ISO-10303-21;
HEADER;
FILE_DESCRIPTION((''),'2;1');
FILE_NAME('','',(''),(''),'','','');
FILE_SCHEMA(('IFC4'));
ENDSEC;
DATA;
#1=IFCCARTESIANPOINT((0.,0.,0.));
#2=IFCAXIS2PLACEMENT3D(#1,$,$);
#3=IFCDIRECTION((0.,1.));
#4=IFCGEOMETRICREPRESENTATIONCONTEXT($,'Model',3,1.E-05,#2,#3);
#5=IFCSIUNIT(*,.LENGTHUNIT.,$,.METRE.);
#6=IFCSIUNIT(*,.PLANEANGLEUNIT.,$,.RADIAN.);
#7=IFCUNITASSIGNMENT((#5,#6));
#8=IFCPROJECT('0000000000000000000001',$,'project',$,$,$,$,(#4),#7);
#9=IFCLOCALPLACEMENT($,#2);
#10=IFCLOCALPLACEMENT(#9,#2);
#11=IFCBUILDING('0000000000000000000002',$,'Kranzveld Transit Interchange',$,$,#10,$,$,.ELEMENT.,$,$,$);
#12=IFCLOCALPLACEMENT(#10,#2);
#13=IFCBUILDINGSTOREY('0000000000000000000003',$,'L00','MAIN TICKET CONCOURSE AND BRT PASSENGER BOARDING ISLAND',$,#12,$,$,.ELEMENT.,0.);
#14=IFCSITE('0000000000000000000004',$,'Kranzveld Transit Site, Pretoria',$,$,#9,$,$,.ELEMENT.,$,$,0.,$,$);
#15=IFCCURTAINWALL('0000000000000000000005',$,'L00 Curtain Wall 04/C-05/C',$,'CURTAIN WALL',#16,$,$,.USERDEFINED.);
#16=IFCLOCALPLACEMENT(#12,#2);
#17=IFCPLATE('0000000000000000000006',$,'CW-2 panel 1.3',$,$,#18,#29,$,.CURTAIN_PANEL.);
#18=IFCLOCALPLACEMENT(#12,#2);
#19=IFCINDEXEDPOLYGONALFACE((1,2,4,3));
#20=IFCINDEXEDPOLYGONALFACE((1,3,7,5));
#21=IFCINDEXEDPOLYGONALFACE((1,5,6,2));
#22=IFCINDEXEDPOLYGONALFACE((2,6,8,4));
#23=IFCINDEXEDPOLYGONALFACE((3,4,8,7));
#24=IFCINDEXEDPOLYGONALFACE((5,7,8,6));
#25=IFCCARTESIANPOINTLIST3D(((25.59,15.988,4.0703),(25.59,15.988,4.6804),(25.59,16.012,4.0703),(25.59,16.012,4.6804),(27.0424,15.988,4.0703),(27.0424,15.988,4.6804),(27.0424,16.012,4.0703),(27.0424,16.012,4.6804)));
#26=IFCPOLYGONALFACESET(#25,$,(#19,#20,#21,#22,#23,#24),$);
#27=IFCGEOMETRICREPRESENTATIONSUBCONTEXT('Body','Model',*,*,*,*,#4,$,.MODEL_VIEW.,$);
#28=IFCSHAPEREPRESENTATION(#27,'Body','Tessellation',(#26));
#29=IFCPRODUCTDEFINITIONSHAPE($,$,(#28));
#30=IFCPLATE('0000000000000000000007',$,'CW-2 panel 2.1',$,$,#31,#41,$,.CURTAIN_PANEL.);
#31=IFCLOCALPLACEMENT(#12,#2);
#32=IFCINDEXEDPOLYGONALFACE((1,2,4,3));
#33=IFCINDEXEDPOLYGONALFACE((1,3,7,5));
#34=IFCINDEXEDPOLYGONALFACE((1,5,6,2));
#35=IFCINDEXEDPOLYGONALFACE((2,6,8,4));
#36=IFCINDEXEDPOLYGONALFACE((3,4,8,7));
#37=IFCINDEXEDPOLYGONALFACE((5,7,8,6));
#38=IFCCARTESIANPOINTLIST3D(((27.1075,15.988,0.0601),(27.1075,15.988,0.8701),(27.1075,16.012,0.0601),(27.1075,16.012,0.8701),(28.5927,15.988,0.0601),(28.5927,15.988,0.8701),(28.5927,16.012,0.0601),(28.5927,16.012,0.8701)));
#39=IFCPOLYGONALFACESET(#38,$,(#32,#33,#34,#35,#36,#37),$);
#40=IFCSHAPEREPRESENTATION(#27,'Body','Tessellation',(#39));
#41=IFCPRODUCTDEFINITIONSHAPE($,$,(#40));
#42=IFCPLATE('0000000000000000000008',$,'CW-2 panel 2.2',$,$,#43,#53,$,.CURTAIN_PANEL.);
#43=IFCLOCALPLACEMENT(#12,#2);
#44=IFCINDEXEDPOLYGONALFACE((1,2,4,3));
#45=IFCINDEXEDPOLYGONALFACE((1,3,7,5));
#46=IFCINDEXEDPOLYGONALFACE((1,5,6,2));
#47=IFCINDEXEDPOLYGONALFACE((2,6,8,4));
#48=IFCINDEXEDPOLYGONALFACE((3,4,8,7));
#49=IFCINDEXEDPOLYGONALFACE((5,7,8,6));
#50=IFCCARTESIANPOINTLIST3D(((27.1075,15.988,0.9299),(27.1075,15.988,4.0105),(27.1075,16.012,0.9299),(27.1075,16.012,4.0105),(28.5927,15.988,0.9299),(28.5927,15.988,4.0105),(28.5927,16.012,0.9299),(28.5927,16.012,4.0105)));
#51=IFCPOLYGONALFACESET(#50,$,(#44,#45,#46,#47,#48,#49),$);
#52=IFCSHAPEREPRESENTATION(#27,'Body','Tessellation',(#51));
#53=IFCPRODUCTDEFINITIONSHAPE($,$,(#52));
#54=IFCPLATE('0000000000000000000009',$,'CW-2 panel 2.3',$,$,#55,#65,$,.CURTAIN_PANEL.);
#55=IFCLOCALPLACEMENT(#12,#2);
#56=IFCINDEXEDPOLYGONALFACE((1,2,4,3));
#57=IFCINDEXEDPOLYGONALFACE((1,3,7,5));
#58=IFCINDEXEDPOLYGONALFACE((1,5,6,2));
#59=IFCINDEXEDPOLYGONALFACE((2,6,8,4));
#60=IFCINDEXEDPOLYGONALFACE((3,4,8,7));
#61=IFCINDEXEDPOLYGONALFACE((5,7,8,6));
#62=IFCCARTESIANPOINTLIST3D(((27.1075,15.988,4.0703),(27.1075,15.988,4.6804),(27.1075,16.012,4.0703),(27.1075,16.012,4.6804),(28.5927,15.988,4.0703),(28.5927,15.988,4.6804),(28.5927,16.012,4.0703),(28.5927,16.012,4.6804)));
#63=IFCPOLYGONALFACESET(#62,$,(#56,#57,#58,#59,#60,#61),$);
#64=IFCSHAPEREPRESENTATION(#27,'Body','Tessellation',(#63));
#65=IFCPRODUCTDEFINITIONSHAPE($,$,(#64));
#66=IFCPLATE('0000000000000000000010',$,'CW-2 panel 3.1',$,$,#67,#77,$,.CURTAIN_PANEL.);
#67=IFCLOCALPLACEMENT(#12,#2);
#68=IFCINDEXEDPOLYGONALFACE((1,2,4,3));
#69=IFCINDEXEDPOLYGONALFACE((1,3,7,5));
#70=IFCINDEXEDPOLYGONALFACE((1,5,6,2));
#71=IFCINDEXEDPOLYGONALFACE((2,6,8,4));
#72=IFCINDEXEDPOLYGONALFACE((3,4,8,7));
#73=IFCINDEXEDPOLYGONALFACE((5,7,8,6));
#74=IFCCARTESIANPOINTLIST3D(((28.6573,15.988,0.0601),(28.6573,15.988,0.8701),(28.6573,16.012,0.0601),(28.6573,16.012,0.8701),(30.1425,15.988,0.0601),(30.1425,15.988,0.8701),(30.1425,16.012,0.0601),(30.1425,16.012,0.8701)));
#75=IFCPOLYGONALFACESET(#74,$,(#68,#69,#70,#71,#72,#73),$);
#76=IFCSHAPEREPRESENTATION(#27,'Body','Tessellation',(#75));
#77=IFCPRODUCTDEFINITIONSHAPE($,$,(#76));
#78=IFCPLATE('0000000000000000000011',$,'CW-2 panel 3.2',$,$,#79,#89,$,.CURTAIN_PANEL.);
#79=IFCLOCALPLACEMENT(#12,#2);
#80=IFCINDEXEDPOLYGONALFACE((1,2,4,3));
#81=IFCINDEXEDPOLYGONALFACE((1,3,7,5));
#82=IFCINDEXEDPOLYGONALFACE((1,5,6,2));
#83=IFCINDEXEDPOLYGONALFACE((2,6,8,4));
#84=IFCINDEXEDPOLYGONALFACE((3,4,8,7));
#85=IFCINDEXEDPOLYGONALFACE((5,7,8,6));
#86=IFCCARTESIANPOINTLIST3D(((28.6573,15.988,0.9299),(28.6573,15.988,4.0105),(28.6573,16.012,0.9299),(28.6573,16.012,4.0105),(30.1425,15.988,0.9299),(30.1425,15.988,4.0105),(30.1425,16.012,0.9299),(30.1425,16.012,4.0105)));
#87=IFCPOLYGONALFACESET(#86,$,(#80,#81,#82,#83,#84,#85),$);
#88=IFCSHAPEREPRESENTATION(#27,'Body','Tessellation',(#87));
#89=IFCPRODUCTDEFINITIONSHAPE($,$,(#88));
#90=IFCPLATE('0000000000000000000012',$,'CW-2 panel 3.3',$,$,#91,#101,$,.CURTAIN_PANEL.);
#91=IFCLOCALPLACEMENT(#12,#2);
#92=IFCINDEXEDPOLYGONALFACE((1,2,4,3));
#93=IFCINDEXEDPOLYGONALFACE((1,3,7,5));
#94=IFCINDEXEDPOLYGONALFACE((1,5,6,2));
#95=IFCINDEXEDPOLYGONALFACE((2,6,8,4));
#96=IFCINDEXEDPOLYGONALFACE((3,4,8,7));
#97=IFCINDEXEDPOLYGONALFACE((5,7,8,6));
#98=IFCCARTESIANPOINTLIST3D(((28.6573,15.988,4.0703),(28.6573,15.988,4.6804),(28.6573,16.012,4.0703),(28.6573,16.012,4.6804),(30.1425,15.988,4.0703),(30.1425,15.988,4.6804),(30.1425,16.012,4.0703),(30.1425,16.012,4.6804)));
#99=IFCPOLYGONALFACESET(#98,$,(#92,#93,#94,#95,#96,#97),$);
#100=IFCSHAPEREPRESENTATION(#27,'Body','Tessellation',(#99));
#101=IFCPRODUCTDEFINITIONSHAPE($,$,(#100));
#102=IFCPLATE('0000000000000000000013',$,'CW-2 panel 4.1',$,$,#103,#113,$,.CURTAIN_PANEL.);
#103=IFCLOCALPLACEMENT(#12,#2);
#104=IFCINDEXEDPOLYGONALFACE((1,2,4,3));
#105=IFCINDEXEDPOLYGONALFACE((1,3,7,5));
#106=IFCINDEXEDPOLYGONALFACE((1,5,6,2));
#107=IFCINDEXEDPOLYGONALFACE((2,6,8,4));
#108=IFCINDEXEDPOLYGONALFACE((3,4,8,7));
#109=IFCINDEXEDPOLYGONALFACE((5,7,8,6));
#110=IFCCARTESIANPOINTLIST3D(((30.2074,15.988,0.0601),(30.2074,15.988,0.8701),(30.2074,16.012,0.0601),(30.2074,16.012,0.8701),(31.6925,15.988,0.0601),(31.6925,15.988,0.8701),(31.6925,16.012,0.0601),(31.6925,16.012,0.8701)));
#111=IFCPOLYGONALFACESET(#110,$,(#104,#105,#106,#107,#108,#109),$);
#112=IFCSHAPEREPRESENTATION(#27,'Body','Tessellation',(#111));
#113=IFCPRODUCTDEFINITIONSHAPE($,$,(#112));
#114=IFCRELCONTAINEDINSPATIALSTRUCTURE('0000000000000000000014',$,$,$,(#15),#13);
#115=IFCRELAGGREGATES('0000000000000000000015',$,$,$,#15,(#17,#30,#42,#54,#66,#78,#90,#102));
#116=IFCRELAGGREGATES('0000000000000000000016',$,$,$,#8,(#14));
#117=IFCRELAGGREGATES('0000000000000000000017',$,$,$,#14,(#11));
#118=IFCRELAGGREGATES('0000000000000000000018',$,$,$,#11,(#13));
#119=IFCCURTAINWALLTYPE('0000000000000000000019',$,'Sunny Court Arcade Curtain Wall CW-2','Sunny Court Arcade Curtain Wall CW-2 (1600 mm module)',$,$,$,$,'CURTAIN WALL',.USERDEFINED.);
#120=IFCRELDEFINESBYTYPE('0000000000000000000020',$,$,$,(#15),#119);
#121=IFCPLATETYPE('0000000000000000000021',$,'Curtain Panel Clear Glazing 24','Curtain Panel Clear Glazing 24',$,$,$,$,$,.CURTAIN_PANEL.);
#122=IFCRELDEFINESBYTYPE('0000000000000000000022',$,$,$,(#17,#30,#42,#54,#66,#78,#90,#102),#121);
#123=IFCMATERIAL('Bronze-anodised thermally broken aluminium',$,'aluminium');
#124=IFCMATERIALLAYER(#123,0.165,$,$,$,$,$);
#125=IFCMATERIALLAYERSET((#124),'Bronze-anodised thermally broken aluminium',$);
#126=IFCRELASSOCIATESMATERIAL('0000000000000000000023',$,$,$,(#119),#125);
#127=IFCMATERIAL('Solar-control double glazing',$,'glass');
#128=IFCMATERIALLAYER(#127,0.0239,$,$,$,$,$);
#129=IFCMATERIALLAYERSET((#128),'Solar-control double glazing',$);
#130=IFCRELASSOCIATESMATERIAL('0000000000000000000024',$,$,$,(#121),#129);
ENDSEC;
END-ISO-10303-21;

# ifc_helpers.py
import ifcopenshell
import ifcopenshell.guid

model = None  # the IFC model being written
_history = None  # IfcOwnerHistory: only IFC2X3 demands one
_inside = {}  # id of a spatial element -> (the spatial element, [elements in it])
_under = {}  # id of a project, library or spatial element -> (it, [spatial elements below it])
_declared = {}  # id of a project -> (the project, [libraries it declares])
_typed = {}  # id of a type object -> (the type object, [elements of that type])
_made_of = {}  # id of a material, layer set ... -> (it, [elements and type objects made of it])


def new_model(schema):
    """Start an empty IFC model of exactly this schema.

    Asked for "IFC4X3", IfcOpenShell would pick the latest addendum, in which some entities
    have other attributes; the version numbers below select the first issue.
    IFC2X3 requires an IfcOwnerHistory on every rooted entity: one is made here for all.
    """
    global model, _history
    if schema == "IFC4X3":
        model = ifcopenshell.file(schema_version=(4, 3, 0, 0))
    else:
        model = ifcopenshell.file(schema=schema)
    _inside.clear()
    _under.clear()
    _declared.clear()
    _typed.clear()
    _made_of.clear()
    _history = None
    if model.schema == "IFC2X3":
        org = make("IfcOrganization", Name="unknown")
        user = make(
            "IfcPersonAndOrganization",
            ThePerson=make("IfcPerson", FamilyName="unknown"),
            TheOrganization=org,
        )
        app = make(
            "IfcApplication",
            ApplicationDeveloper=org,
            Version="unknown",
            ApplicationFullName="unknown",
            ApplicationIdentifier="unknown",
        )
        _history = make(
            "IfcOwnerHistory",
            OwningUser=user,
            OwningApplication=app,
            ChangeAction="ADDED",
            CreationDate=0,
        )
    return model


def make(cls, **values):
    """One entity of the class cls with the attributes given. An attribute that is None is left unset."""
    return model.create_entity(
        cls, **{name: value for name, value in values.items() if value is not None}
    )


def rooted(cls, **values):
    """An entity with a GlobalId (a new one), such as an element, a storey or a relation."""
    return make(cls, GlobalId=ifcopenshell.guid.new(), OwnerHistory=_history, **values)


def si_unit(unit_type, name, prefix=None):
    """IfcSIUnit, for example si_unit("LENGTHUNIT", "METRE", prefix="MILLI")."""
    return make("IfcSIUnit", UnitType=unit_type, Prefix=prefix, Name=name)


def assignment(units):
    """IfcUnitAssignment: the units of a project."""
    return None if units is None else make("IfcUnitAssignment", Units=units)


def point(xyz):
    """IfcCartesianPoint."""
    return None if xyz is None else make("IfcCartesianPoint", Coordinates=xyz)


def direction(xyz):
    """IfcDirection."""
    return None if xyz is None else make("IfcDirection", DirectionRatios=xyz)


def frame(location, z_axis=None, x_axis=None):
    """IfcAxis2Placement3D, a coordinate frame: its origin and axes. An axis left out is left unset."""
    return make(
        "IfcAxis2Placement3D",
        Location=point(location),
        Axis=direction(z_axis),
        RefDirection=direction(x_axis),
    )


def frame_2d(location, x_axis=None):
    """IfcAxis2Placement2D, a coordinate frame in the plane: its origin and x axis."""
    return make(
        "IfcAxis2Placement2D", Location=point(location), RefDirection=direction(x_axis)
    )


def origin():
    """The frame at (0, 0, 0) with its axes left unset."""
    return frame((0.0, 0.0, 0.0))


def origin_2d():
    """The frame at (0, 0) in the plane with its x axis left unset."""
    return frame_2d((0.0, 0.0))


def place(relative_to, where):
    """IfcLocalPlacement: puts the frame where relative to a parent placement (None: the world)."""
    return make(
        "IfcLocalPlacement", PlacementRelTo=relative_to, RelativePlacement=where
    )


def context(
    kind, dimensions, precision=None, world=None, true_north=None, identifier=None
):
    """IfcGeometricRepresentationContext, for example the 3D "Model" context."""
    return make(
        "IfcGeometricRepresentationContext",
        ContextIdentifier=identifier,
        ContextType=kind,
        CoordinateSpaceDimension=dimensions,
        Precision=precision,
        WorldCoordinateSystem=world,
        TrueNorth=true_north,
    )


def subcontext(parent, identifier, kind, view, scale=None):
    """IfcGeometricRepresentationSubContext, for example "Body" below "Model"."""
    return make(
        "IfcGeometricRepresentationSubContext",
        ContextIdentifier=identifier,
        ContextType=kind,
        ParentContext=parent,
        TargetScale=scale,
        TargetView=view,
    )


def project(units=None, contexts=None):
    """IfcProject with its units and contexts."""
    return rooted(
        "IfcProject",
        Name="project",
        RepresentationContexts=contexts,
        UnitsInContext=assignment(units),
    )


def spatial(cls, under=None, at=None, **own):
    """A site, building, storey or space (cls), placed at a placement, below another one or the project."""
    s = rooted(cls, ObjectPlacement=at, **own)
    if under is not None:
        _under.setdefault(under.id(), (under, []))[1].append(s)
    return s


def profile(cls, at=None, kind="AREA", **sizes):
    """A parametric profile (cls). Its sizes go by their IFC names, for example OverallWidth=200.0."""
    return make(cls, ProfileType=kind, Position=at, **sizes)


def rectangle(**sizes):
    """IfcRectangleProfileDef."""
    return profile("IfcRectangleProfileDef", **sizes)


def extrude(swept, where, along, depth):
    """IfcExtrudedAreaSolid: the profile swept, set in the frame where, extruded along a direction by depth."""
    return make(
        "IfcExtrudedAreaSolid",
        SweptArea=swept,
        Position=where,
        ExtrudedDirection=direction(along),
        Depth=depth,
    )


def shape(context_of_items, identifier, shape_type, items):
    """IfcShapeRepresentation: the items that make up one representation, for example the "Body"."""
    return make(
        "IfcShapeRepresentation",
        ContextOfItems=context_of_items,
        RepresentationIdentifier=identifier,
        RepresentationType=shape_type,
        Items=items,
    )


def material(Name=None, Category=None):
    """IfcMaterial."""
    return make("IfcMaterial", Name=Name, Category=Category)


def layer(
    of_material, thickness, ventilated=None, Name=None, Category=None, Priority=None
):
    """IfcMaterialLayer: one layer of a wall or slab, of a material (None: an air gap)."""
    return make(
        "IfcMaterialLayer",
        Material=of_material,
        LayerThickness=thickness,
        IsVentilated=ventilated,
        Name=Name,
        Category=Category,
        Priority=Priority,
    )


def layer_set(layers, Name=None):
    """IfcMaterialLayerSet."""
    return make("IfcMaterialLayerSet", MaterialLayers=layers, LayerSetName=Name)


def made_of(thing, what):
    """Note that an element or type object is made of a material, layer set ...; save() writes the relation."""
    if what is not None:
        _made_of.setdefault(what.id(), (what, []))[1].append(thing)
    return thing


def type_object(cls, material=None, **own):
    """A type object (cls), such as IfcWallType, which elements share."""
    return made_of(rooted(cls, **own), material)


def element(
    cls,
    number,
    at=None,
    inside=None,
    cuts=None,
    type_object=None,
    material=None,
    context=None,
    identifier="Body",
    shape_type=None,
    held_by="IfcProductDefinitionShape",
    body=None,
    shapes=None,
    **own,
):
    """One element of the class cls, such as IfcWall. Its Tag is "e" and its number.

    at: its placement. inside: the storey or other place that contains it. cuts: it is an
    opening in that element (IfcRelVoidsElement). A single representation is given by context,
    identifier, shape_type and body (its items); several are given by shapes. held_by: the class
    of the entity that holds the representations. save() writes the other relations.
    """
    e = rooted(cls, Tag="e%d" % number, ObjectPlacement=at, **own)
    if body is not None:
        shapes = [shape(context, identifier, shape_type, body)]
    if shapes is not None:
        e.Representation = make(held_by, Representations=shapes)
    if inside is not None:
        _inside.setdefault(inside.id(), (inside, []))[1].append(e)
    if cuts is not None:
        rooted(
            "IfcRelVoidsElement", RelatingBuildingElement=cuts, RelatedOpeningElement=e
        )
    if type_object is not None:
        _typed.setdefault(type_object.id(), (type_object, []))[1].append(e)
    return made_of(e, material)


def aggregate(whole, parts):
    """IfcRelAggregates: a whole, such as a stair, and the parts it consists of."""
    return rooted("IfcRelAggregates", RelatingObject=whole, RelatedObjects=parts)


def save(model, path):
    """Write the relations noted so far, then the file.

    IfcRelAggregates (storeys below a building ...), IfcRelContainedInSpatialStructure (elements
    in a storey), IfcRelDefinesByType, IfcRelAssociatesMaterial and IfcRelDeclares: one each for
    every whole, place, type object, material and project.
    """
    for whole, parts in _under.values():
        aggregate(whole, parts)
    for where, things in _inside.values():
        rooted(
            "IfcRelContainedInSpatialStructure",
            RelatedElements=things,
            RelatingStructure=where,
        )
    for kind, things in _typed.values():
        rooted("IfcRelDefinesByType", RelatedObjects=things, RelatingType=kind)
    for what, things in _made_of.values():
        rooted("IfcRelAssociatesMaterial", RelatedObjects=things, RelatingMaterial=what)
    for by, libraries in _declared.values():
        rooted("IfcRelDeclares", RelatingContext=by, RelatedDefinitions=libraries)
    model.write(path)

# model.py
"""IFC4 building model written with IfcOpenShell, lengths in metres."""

from ifc_helpers import new_model, si_unit, direction, frame, origin, origin_2d, place, context, subcontext, project, spatial, rectangle, extrude, material, layer, layer_set, type_object, element, aggregate, save


model = new_model("IFC4")

# Units and contexts
model_context = context("Model", 3, precision=1e-05, world=origin(), true_north=direction((0.0, 1.0)))
body_context = subcontext(model_context, "Body", "Model", "MODEL_VIEW")
ifc_project = project(units=[si_unit("LENGTHUNIT", "METRE"), si_unit("PLANEANGLEUNIT", "RADIAN")], contexts=[model_context])

# Site, building, storey
site_placement = place(None, origin())
site = spatial("IfcSite", under=ifc_project, at=site_placement, Name="Kranzveld Transit Site, Pretoria", CompositionType="ELEMENT", RefElevation=0.0)
building_placement = place(site_placement, origin())
building = spatial("IfcBuilding", under=site, at=building_placement, Name="Kranzveld Transit Interchange", CompositionType="ELEMENT")
storey_placement = place(building_placement, origin())
storey = spatial("IfcBuildingStorey", under=building, at=storey_placement, Name="L00", Description="MAIN TICKET CONCOURSE AND BRT PASSENGER BOARDING ISLAND", CompositionType="ELEMENT", Elevation=0.0)

# Curtain wall, plates
ifc_material_1 = material(Name="Bronze-anodised thermally broken aluminium", Category="aluminium")
ifc_layer_1 = layer(ifc_material_1, 0.165)
ifc_layer_set_1 = layer_set([ifc_layer_1], Name="Bronze-anodised thermally broken aluminium")
curtain_wall_type = type_object("IfcCurtainWallType", Name="Sunny Court Arcade Curtain Wall CW-2", Description="Sunny Court Arcade Curtain Wall CW-2 (1600 mm module)", ElementType="CURTAIN WALL", PredefinedType="USERDEFINED", material=ifc_layer_set_1)
curtain_wall_placement = place(storey_placement, origin())
curtain_wall = element("IfcCurtainWall", 1, at=curtain_wall_placement, inside=storey, type_object=curtain_wall_type, Name="L00 Curtain Wall 04/C-05/C", ObjectType="CURTAIN WALL", PredefinedType="USERDEFINED")
ifc_material_2 = material(Name="Solar-control double glazing", Category="glass")
ifc_layer_2 = layer(ifc_material_2, 0.0239)
ifc_layer_set_2 = layer_set([ifc_layer_2], Name="Solar-control double glazing")
plate_type = type_object("IfcPlateType", Name="Curtain Panel Clear Glazing 24", Description="Curtain Panel Clear Glazing 24", PredefinedType="CURTAIN_PANEL", material=ifc_layer_set_2)
plate_1_placement = place(storey_placement, frame((26.3162, 16.0, 4.0703), z_axis=(0.0, 0.0, 1.0), x_axis=(1.0, 0.0, 0.0)))
plate_1 = element("IfcPlate", 2, at=plate_1_placement, type_object=plate_type, Name="CW-2 panel 1.3", PredefinedType="CURTAIN_PANEL", context=body_context, shape_type="SweptSolid", body=[
    extrude(rectangle(XDim=1.4524, YDim=0.0239, at=origin_2d()), origin(), (0.0, 0.0, 1.0), 0.6101),
])
plate_2_placement = place(storey_placement, frame((27.8501, 16.0, 0.0601), z_axis=(0.0, 0.0, 1.0), x_axis=(1.0, 0.0, 0.0)))
plate_2 = element("IfcPlate", 3, at=plate_2_placement, type_object=plate_type, Name="CW-2 panel 2.1", PredefinedType="CURTAIN_PANEL", context=body_context, shape_type="SweptSolid", body=[
    extrude(rectangle(XDim=1.4851, YDim=0.0239, at=origin_2d()), origin(), (0.0, 0.0, 1.0), 0.8101),
])
plate_3_placement = place(storey_placement, frame((27.8501, 16.0, 0.9299), z_axis=(0.0, 0.0, 1.0), x_axis=(1.0, 0.0, 0.0)))
plate_3 = element("IfcPlate", 4, at=plate_3_placement, type_object=plate_type, Name="CW-2 panel 2.2", PredefinedType="CURTAIN_PANEL", context=body_context, shape_type="SweptSolid", body=[
    extrude(rectangle(XDim=1.4851, YDim=0.0239, at=origin_2d()), origin(), (0.0, 0.0, 1.0), 3.0806),
])
plate_4_placement = place(storey_placement, frame((27.8501, 16.0, 4.0703), z_axis=(0.0, 0.0, 1.0), x_axis=(1.0, 0.0, 0.0)))
plate_4 = element("IfcPlate", 5, at=plate_4_placement, type_object=plate_type, Name="CW-2 panel 2.3", PredefinedType="CURTAIN_PANEL", context=body_context, shape_type="SweptSolid", body=[
    extrude(rectangle(XDim=1.4851, YDim=0.0239, at=origin_2d()), origin(), (0.0, 0.0, 1.0), 0.6101),
])
plate_5_placement = place(storey_placement, frame((29.3999, 16.0, 0.0601), z_axis=(0.0, 0.0, 1.0), x_axis=(1.0, 0.0, 0.0)))
plate_5 = element("IfcPlate", 6, at=plate_5_placement, type_object=plate_type, Name="CW-2 panel 3.1", PredefinedType="CURTAIN_PANEL", context=body_context, shape_type="SweptSolid", body=[
    extrude(rectangle(XDim=1.4851, YDim=0.0239, at=origin_2d()), origin(), (0.0, 0.0, 1.0), 0.8101),
])
plate_6_placement = place(storey_placement, frame((29.3999, 16.0, 0.9299), z_axis=(0.0, 0.0, 1.0), x_axis=(1.0, 0.0, 0.0)))
plate_6 = element("IfcPlate", 7, at=plate_6_placement, type_object=plate_type, Name="CW-2 panel 3.2", PredefinedType="CURTAIN_PANEL", context=body_context, shape_type="SweptSolid", body=[
    extrude(rectangle(XDim=1.4851, YDim=0.0239, at=origin_2d()), origin(), (0.0, 0.0, 1.0), 3.0806),
])
plate_7_placement = place(storey_placement, frame((29.3999, 16.0, 4.0703), z_axis=(0.0, 0.0, 1.0), x_axis=(1.0, 0.0, 0.0)))
plate_7 = element("IfcPlate", 8, at=plate_7_placement, type_object=plate_type, Name="CW-2 panel 3.3", PredefinedType="CURTAIN_PANEL", context=body_context, shape_type="SweptSolid", body=[
    extrude(rectangle(XDim=1.4851, YDim=0.0239, at=origin_2d()), origin(), (0.0, 0.0, 1.0), 0.6101),
])
plate_8_placement = place(storey_placement, frame((30.95, 16.0, 0.0601), z_axis=(0.0, 0.0, 1.0), x_axis=(1.0, 0.0, 0.0)))
plate_8 = element("IfcPlate", 9, at=plate_8_placement, type_object=plate_type, Name="CW-2 panel 4.1", PredefinedType="CURTAIN_PANEL", context=body_context, shape_type="SweptSolid", body=[
    extrude(rectangle(XDim=1.4851, YDim=0.0239, at=origin_2d()), origin(), (0.0, 0.0, 1.0), 0.8101),
])
aggregate(curtain_wall, [plate_1, plate_2, plate_3, plate_4, plate_5, plate_6, plate_7, plate_8])

save(model, "model.ifc")
